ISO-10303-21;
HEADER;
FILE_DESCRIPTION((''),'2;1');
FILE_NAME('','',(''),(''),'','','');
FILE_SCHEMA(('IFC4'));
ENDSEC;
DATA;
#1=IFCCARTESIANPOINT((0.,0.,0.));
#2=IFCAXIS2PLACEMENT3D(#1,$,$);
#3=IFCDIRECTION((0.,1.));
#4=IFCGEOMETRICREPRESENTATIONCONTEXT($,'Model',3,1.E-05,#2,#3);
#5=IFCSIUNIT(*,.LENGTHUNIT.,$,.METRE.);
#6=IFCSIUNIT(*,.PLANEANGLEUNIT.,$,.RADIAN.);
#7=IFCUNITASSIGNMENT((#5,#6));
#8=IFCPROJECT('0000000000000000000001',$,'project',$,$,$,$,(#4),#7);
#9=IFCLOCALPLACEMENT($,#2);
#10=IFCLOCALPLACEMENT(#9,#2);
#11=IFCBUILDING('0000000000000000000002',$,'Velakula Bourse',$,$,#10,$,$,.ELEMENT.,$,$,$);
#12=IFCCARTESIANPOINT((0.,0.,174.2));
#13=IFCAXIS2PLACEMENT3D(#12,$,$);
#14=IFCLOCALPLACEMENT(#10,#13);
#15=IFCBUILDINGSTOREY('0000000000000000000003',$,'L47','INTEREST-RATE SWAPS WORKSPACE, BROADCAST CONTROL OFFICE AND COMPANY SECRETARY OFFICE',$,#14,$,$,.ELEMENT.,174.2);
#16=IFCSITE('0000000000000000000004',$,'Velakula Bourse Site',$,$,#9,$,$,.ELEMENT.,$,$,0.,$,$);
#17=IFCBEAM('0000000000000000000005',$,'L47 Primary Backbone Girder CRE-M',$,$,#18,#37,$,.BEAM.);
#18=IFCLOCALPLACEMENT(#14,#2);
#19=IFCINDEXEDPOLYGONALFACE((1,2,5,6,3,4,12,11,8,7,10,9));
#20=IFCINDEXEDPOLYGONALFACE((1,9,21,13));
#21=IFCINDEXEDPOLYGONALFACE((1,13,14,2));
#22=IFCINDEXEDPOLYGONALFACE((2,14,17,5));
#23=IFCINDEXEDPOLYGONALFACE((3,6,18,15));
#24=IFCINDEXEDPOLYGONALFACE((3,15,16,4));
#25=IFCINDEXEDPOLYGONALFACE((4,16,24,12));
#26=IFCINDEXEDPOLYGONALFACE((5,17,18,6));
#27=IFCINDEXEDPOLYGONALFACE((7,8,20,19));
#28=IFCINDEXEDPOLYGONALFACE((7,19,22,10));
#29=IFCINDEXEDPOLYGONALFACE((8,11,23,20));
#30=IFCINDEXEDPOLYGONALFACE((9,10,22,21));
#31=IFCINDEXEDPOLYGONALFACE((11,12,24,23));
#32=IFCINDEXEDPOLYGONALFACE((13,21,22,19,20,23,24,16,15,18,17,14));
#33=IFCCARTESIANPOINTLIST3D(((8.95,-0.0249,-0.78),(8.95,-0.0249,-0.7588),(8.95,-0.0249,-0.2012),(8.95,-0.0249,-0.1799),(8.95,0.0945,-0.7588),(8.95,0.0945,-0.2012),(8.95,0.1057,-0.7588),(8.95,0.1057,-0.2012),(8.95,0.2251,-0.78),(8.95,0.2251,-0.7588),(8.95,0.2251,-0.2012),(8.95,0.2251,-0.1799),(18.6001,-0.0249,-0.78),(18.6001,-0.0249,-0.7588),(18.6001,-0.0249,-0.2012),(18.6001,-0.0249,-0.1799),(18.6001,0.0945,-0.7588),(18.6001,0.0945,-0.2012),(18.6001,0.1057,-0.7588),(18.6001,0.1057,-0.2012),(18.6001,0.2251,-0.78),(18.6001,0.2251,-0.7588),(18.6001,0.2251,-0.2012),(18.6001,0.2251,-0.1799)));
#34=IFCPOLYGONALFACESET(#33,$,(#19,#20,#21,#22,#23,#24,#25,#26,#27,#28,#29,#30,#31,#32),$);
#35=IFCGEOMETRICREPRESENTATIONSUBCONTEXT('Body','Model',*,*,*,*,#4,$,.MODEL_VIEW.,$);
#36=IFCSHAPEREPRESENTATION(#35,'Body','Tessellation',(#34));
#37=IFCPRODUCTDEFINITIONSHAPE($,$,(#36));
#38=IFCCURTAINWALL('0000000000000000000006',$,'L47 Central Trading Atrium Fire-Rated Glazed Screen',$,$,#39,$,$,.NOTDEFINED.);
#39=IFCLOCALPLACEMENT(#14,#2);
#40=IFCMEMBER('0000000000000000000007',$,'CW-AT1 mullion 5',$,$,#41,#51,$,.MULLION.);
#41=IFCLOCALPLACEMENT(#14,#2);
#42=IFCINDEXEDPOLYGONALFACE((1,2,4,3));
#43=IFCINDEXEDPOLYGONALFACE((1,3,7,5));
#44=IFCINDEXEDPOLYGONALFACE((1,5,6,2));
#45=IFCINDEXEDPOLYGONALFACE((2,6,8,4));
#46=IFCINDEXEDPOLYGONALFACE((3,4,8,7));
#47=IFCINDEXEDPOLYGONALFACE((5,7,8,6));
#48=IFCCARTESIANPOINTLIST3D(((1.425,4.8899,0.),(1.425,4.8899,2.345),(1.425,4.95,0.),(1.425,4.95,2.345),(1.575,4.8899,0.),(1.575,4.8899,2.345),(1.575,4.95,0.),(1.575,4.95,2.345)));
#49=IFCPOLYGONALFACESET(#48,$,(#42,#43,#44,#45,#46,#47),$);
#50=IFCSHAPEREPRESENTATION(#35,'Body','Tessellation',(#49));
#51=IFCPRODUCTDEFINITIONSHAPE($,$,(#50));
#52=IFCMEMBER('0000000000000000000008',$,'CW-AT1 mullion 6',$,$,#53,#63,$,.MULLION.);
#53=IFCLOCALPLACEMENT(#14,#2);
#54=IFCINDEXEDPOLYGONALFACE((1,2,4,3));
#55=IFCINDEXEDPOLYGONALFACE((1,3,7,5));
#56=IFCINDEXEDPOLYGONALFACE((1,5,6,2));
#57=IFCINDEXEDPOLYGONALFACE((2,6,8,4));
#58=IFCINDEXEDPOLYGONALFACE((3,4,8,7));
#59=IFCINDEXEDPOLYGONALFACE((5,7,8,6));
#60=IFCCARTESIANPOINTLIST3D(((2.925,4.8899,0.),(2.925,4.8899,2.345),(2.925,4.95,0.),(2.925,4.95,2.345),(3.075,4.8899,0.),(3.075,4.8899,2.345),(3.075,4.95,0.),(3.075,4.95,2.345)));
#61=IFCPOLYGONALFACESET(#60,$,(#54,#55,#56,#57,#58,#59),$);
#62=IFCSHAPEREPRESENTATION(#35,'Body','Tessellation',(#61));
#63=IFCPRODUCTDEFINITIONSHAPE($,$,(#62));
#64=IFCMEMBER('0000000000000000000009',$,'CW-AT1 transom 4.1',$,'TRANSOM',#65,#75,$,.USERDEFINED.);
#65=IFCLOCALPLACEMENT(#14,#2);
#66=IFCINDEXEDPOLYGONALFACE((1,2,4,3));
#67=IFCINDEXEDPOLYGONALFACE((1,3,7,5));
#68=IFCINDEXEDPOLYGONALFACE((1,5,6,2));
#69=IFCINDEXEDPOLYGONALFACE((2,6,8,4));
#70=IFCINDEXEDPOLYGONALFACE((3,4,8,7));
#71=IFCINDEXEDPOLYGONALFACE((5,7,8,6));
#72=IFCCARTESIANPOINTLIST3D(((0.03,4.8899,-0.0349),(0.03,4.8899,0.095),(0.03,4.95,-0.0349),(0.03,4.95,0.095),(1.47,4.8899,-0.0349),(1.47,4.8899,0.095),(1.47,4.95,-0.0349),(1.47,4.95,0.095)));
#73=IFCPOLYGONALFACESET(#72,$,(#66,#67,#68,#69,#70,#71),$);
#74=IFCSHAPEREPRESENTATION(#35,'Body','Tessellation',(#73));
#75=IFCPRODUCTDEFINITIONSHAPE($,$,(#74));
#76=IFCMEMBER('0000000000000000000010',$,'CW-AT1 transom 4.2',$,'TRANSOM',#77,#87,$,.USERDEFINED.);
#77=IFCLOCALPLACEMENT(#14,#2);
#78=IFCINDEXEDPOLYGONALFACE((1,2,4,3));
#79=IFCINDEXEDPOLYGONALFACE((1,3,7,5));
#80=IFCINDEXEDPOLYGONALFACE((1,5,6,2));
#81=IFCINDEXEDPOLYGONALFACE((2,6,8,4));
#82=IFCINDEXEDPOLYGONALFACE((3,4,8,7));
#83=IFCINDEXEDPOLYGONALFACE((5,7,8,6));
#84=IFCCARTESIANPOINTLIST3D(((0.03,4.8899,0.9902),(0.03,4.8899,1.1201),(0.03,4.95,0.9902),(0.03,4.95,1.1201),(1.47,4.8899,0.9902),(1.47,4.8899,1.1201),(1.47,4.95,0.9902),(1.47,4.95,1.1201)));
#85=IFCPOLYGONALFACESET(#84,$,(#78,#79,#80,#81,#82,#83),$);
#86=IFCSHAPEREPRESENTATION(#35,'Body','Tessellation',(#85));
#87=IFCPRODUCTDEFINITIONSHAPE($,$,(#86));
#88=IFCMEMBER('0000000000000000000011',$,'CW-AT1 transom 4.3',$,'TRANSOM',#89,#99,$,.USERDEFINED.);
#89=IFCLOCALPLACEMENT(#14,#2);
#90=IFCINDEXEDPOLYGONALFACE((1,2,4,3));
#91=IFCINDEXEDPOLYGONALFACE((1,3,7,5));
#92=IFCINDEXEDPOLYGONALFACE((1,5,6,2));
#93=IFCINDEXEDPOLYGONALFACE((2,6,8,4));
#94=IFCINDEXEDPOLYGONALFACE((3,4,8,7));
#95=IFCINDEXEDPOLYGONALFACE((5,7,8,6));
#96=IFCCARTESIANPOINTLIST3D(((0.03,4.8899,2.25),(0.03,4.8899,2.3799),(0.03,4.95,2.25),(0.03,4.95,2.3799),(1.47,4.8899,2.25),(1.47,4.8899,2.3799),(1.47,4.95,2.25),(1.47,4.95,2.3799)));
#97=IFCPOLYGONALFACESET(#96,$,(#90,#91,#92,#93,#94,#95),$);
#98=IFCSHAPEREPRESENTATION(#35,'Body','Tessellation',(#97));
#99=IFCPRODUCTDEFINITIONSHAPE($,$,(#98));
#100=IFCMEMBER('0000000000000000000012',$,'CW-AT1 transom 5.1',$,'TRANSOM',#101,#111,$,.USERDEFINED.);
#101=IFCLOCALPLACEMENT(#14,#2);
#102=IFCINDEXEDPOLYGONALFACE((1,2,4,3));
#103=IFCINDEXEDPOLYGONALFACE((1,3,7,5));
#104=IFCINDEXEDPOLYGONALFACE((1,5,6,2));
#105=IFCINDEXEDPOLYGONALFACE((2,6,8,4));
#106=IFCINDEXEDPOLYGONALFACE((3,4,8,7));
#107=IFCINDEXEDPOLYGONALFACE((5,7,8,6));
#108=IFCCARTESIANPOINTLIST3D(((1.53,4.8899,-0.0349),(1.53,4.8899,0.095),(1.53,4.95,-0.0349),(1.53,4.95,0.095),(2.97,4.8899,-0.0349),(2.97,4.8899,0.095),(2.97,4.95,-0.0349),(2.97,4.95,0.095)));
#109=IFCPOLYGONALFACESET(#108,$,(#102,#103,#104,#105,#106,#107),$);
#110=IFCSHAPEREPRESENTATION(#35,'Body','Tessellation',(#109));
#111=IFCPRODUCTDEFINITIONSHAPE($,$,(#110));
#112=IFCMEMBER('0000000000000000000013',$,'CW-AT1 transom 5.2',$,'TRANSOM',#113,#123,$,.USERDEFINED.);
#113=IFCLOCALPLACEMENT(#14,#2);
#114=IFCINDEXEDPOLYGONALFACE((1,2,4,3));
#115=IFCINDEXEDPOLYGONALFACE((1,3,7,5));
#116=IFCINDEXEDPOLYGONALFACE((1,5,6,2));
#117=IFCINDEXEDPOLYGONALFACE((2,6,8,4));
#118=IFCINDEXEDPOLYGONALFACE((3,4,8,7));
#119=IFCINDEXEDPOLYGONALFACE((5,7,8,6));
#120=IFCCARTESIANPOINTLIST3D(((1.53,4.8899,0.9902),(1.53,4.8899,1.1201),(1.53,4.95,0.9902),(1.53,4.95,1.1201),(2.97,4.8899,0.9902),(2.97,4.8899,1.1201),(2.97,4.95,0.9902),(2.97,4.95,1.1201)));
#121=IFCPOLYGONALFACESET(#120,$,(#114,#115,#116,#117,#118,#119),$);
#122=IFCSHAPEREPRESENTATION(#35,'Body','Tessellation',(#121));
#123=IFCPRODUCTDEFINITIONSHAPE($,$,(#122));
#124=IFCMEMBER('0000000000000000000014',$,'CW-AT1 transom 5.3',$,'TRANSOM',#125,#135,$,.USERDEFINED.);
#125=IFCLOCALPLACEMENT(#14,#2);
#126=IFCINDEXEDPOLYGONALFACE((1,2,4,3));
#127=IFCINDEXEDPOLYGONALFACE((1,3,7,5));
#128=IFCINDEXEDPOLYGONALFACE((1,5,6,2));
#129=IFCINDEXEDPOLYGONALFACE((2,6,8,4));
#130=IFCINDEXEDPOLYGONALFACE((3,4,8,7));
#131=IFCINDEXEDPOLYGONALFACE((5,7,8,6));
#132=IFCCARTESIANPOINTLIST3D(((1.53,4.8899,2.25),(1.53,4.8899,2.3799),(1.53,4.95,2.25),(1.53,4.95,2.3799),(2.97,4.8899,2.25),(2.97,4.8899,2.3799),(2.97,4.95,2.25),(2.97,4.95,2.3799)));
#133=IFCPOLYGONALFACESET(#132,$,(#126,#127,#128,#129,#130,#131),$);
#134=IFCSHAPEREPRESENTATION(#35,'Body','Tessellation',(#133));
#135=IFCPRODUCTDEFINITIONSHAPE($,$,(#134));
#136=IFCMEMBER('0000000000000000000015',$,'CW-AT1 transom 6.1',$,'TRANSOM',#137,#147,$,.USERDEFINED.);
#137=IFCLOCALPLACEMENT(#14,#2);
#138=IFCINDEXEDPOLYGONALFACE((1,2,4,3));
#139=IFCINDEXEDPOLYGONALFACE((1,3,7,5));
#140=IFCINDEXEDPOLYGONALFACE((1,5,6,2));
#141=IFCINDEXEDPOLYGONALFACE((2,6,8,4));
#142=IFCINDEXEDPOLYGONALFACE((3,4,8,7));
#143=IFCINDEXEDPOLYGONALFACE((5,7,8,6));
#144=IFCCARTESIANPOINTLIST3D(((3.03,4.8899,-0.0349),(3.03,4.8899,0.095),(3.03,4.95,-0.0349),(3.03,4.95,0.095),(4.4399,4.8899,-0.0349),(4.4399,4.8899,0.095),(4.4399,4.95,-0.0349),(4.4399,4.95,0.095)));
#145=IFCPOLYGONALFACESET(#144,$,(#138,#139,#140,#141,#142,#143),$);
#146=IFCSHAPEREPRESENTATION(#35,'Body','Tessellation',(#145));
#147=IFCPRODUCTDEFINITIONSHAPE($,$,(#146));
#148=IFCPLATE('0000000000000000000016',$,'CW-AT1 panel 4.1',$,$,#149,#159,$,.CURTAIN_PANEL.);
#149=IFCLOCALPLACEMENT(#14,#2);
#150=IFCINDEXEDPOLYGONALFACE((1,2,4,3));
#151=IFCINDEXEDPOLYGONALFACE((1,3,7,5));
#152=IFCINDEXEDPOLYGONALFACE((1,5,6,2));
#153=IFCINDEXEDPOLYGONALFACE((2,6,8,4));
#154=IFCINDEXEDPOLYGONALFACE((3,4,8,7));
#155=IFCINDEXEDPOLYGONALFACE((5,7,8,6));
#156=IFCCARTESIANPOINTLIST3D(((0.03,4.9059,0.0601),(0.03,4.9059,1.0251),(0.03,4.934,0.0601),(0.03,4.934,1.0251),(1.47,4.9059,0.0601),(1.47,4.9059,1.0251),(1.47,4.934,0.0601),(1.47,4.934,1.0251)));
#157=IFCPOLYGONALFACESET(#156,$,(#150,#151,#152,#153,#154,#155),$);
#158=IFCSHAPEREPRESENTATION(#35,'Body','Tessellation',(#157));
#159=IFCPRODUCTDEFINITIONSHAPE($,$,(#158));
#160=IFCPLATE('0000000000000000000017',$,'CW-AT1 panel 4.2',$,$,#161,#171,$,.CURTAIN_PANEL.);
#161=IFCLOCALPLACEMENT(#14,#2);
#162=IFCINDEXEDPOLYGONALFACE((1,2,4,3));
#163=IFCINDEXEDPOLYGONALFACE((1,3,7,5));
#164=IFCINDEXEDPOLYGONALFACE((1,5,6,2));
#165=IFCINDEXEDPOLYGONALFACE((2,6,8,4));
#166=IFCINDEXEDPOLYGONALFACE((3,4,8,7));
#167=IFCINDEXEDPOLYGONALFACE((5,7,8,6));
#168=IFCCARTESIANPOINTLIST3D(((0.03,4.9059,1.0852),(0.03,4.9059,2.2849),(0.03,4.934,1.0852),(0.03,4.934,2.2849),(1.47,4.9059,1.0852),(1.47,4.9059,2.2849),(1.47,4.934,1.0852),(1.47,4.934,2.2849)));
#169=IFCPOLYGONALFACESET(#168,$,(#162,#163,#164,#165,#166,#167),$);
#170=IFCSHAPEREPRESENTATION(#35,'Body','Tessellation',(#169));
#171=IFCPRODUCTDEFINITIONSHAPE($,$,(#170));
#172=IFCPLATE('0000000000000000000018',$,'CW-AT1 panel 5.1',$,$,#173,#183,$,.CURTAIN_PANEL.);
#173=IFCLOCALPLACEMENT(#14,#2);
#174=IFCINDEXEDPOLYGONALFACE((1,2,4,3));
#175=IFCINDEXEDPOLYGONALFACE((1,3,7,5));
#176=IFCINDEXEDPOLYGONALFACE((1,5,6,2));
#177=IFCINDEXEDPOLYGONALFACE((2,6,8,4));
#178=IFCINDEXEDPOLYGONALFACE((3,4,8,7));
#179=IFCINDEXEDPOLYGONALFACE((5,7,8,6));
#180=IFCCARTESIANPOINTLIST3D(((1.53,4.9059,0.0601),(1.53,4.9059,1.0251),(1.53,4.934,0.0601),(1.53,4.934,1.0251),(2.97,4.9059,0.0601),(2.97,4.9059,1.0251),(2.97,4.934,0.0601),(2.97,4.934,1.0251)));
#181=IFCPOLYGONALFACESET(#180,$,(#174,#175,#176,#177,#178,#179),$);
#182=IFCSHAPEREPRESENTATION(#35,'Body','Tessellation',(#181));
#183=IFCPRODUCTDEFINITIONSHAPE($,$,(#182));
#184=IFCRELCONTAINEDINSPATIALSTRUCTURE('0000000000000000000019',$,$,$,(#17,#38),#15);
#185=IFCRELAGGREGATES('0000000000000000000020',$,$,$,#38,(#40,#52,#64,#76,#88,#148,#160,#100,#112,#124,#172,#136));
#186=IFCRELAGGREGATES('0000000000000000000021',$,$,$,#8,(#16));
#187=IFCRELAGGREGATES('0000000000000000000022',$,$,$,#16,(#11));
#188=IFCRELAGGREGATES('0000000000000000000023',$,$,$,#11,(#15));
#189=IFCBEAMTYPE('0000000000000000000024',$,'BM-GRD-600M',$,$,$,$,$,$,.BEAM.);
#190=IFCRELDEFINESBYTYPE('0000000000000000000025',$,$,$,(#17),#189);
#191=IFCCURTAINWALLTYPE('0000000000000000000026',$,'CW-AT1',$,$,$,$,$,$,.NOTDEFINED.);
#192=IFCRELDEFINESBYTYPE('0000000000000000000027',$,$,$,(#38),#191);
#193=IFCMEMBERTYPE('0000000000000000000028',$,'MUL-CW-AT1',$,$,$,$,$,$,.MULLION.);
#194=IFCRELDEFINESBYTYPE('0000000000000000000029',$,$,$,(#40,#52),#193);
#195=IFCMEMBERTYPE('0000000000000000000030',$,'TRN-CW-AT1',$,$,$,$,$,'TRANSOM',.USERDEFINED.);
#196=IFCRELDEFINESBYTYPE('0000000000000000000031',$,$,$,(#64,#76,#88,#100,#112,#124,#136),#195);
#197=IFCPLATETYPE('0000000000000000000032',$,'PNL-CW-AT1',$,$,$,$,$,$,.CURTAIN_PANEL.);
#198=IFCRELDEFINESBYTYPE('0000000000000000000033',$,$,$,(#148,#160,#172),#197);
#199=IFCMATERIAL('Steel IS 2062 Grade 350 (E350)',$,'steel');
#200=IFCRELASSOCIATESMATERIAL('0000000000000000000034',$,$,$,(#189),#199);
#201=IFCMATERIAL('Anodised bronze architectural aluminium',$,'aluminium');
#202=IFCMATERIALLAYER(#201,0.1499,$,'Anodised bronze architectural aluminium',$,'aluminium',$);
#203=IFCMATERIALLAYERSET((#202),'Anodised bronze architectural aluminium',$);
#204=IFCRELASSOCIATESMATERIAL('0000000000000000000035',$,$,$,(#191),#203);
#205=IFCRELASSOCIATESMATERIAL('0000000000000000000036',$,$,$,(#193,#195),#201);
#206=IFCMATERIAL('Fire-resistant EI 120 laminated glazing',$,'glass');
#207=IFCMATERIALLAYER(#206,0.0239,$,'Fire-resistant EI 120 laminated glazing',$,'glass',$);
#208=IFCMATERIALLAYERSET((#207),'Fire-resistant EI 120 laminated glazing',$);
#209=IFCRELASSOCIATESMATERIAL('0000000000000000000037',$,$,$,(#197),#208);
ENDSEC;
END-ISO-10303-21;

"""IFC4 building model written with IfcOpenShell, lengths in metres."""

from ifc_helpers import new_model, si_unit, direction, frame, origin, origin_2d, place, context, subcontext, project, spatial, rectangle, i_section, extrude, material, layer, layer_set, material_profile, profile_set, type_object, element, aggregate, save


model = new_model("IFC4")

# Units and contexts
model_context = context("Model", 3, precision=1e-05, world=origin(), true_north=direction((0.0, 1.0)))
body_context = subcontext(model_context, "Body", "Model", "MODEL_VIEW")
ifc_project = project(units=[si_unit("LENGTHUNIT", "METRE"), si_unit("PLANEANGLEUNIT", "RADIAN")], contexts=[model_context])

# Site, building, storey
site_placement = place(None, origin())
site = spatial("IfcSite", under=ifc_project, at=site_placement, Name="Velakula Bourse Site", CompositionType="ELEMENT", RefElevation=0.0)
building_placement = place(site_placement, origin())
building = spatial("IfcBuilding", under=site, at=building_placement, Name="Velakula Bourse", CompositionType="ELEMENT")
storey_placement = place(building_placement, frame((0.0, 0.0, 174.2)))
storey = spatial("IfcBuildingStorey", under=building, at=storey_placement, Name="L47", Description="INTEREST-RATE SWAPS WORKSPACE, BROADCAST CONTROL OFFICE AND COMPANY SECRETARY OFFICE", CompositionType="ELEMENT", Elevation=174.2)

# Beam
ifc_material_1 = material(Name="Steel IS 2062 Grade 350 (E350)", Category="steel")
ifc_material_profile_1 = material_profile(ifc_material_1, i_section(OverallWidth=0.25, OverallDepth=0.6001, WebThickness=0.0112, FlangeThickness=0.0212, at=origin_2d()), Name="Steel IS 2062 Grade 350 (E350)")
ifc_profile_set_1 = profile_set([ifc_material_profile_1], Name="Steel IS 2062 Grade 350 (E350)")
beam_type = type_object("IfcBeamType", Name="BM-GRD-600M", PredefinedType="BEAM", material=ifc_profile_set_1)
beam_placement = place(storey_placement, frame((8.95, 0.1001, -0.48), z_axis=(1.0, 0.0, 0.0), x_axis=(0.0, 1.0, 0.0)))
element("IfcBeam", 1, at=beam_placement, inside=storey, type_object=beam_type, Name="L47 Primary Backbone Girder CRE-M", PredefinedType="BEAM", context=body_context, shape_type="SweptSolid", body=[
    extrude(i_section(OverallWidth=0.25, OverallDepth=0.6001, WebThickness=0.0112, FlangeThickness=0.0212, at=origin_2d()), origin(), (0.0, 0.0, 1.0), 9.6501),
])

# Curtain wall, members, plates
ifc_material_2 = material(Name="Anodised bronze architectural aluminium", Category="aluminium")
ifc_layer_1 = layer(ifc_material_2, 0.1499, Name="Anodised bronze architectural aluminium", Category="aluminium")
ifc_layer_set_1 = layer_set([ifc_layer_1], Name="Anodised bronze architectural aluminium")
curtain_wall_type = type_object("IfcCurtainWallType", Name="CW-AT1", PredefinedType="NOTDEFINED", material=ifc_layer_set_1)
curtain_wall_placement = place(storey_placement, origin())
curtain_wall = element("IfcCurtainWall", 2, at=curtain_wall_placement, inside=storey, type_object=curtain_wall_type, Name="L47 Central Trading Atrium Fire-Rated Glazed Screen", PredefinedType="NOTDEFINED")
ifc_material_profile_2 = material_profile(ifc_material_2, rectangle(XDim=0.0601, YDim=0.1499, at=origin_2d()), Name="Anodised bronze architectural aluminium")
ifc_profile_set_2 = profile_set([ifc_material_profile_2], Name="Anodised bronze architectural aluminium")
member_type_1 = type_object("IfcMemberType", Name="MUL-CW-AT1", PredefinedType="MULLION", material=ifc_profile_set_2)
member_1_placement = place(storey_placement, frame((1.5, 4.9199, 0.0), z_axis=(0.0, 0.0, 1.0), x_axis=(0.0, 1.0, 0.0)))
member_1 = element("IfcMember", 3, at=member_1_placement, type_object=member_type_1, Name="CW-AT1 mullion 5", PredefinedType="MULLION", context=body_context, shape_type="SweptSolid", body=[
    extrude(rectangle(XDim=0.0601, YDim=0.1499, at=origin_2d()), origin(), (0.0, 0.0, 1.0), 2.345),
])
member_2_placement = place(storey_placement, frame((3.0, 4.9199, 0.0), z_axis=(0.0, 0.0, 1.0), x_axis=(0.0, 1.0, 0.0)))
member_2 = element("IfcMember", 4, at=member_2_placement, type_object=member_type_1, Name="CW-AT1 mullion 6", PredefinedType="MULLION", context=body_context, shape_type="SweptSolid", body=[
    extrude(rectangle(XDim=0.0601, YDim=0.1499, at=origin_2d()), origin(), (0.0, 0.0, 1.0), 2.345),
])
ifc_material_profile_3 = material_profile(ifc_material_2, rectangle(XDim=0.0601, YDim=0.1299, at=origin_2d()), Name="Anodised bronze architectural aluminium")
ifc_profile_set_3 = profile_set([ifc_material_profile_3], Name="Anodised bronze architectural aluminium")
member_type_2 = type_object("IfcMemberType", Name="TRN-CW-AT1", ElementType="TRANSOM", PredefinedType="USERDEFINED", material=ifc_profile_set_3)
member_3_placement = place(storey_placement, frame((0.03, 4.9199, 0.03), z_axis=(1.0, 0.0, 0.0), x_axis=(0.0, 1.0, 0.0)))
member_3 = element("IfcMember", 5, at=member_3_placement, type_object=member_type_2, Name="CW-AT1 transom 4.1", ObjectType="TRANSOM", PredefinedType="USERDEFINED", context=body_context, shape_type="SweptSolid", body=[
    extrude(rectangle(XDim=0.0601, YDim=0.1299, at=origin_2d()), origin(), (0.0, 0.0, 1.0), 1.4399),
])
member_4_placement = place(storey_placement, frame((0.03, 4.9199, 1.0552), z_axis=(1.0, 0.0, 0.0), x_axis=(0.0, 1.0, 0.0)))
member_4 = element("IfcMember", 6, at=member_4_placement, type_object=member_type_2, Name="CW-AT1 transom 4.2", ObjectType="TRANSOM", PredefinedType="USERDEFINED", context=body_context, shape_type="SweptSolid", body=[
    extrude(rectangle(XDim=0.0601, YDim=0.1299, at=origin_2d()), origin(), (0.0, 0.0, 1.0), 1.4399),
])
member_5_placement = place(storey_placement, frame((0.03, 4.9199, 2.3149), z_axis=(1.0, 0.0, 0.0), x_axis=(0.0, 1.0, 0.0)))
member_5 = element("IfcMember", 7, at=member_5_placement, type_object=member_type_2, Name="CW-AT1 transom 4.3", ObjectType="TRANSOM", PredefinedType="USERDEFINED", context=body_context, shape_type="SweptSolid", body=[
    extrude(rectangle(XDim=0.0601, YDim=0.1299, at=origin_2d()), origin(), (0.0, 0.0, 1.0), 1.4399),
])
member_6_placement = place(storey_placement, frame((1.53, 4.9199, 0.03), z_axis=(1.0, 0.0, 0.0), x_axis=(0.0, 1.0, 0.0)))
member_6 = element("IfcMember", 8, at=member_6_placement, type_object=member_type_2, Name="CW-AT1 transom 5.1", ObjectType="TRANSOM", PredefinedType="USERDEFINED", context=body_context, shape_type="SweptSolid", body=[
    extrude(rectangle(XDim=0.0601, YDim=0.1299, at=origin_2d()), origin(), (0.0, 0.0, 1.0), 1.4399),
])
member_7_placement = place(storey_placement, frame((1.53, 4.9199, 1.0552), z_axis=(1.0, 0.0, 0.0), x_axis=(0.0, 1.0, 0.0)))
member_7 = element("IfcMember", 9, at=member_7_placement, type_object=member_type_2, Name="CW-AT1 transom 5.2", ObjectType="TRANSOM", PredefinedType="USERDEFINED", context=body_context, shape_type="SweptSolid", body=[
    extrude(rectangle(XDim=0.0601, YDim=0.1299, at=origin_2d()), origin(), (0.0, 0.0, 1.0), 1.4399),
])
member_8_placement = place(storey_placement, frame((1.53, 4.9199, 2.3149), z_axis=(1.0, 0.0, 0.0), x_axis=(0.0, 1.0, 0.0)))
member_8 = element("IfcMember", 10, at=member_8_placement, type_object=member_type_2, Name="CW-AT1 transom 5.3", ObjectType="TRANSOM", PredefinedType="USERDEFINED", context=body_context, shape_type="SweptSolid", body=[
    extrude(rectangle(XDim=0.0601, YDim=0.1299, at=origin_2d()), origin(), (0.0, 0.0, 1.0), 1.4399),
])
member_9_placement = place(storey_placement, frame((3.03, 4.9199, 0.03), z_axis=(1.0, 0.0, 0.0), x_axis=(0.0, 1.0, 0.0)))
member_9 = element("IfcMember", 11, at=member_9_placement, type_object=member_type_2, Name="CW-AT1 transom 6.1", ObjectType="TRANSOM", PredefinedType="USERDEFINED", context=body_context, shape_type="SweptSolid", body=[
    extrude(rectangle(XDim=0.0601, YDim=0.1299, at=origin_2d()), origin(), (0.0, 0.0, 1.0), 1.4099),
])
ifc_material_3 = material(Name="Fire-resistant EI 120 laminated glazing", Category="glass")
ifc_layer_2 = layer(ifc_material_3, 0.0239, Name="Fire-resistant EI 120 laminated glazing", Category="glass")
ifc_layer_set_2 = layer_set([ifc_layer_2], Name="Fire-resistant EI 120 laminated glazing")
plate_type = type_object("IfcPlateType", Name="PNL-CW-AT1", PredefinedType="CURTAIN_PANEL", material=ifc_layer_set_2)
plate_1_placement = place(storey_placement, frame((0.75, 4.9199, 0.0601), z_axis=(0.0, 0.0, 1.0), x_axis=(1.0, 0.0, 0.0)))
plate_1 = element("IfcPlate", 12, at=plate_1_placement, type_object=plate_type, Name="CW-AT1 panel 4.1", PredefinedType="CURTAIN_PANEL", context=body_context, shape_type="SweptSolid", body=[
    extrude(rectangle(XDim=1.4399, YDim=0.0281, at=origin_2d()), origin(), (0.0, 0.0, 1.0), 0.9651),
])
plate_2_placement = place(storey_placement, frame((0.75, 4.9199, 1.0852), z_axis=(0.0, 0.0, 1.0), x_axis=(1.0, 0.0, 0.0)))
plate_2 = element("IfcPlate", 13, at=plate_2_placement, type_object=plate_type, Name="CW-AT1 panel 4.2", PredefinedType="CURTAIN_PANEL", context=body_context, shape_type="SweptSolid", body=[
    extrude(rectangle(XDim=1.4399, YDim=0.0281, at=origin_2d()), origin(), (0.0, 0.0, 1.0), 1.1997),
])
plate_3_placement = place(storey_placement, frame((2.25, 4.9199, 0.0601), z_axis=(0.0, 0.0, 1.0), x_axis=(1.0, 0.0, 0.0)))
plate_3 = element("IfcPlate", 14, at=plate_3_placement, type_object=plate_type, Name="CW-AT1 panel 5.1", PredefinedType="CURTAIN_PANEL", context=body_context, shape_type="SweptSolid", body=[
    extrude(rectangle(XDim=1.4399, YDim=0.0281, at=origin_2d()), origin(), (0.0, 0.0, 1.0), 0.9651),
])
aggregate(curtain_wall, [member_1, member_2, member_3, member_4, member_5, plate_1, plate_2, member_6, member_7, member_8, plate_3, member_9])

save(model, "model.ifc")
